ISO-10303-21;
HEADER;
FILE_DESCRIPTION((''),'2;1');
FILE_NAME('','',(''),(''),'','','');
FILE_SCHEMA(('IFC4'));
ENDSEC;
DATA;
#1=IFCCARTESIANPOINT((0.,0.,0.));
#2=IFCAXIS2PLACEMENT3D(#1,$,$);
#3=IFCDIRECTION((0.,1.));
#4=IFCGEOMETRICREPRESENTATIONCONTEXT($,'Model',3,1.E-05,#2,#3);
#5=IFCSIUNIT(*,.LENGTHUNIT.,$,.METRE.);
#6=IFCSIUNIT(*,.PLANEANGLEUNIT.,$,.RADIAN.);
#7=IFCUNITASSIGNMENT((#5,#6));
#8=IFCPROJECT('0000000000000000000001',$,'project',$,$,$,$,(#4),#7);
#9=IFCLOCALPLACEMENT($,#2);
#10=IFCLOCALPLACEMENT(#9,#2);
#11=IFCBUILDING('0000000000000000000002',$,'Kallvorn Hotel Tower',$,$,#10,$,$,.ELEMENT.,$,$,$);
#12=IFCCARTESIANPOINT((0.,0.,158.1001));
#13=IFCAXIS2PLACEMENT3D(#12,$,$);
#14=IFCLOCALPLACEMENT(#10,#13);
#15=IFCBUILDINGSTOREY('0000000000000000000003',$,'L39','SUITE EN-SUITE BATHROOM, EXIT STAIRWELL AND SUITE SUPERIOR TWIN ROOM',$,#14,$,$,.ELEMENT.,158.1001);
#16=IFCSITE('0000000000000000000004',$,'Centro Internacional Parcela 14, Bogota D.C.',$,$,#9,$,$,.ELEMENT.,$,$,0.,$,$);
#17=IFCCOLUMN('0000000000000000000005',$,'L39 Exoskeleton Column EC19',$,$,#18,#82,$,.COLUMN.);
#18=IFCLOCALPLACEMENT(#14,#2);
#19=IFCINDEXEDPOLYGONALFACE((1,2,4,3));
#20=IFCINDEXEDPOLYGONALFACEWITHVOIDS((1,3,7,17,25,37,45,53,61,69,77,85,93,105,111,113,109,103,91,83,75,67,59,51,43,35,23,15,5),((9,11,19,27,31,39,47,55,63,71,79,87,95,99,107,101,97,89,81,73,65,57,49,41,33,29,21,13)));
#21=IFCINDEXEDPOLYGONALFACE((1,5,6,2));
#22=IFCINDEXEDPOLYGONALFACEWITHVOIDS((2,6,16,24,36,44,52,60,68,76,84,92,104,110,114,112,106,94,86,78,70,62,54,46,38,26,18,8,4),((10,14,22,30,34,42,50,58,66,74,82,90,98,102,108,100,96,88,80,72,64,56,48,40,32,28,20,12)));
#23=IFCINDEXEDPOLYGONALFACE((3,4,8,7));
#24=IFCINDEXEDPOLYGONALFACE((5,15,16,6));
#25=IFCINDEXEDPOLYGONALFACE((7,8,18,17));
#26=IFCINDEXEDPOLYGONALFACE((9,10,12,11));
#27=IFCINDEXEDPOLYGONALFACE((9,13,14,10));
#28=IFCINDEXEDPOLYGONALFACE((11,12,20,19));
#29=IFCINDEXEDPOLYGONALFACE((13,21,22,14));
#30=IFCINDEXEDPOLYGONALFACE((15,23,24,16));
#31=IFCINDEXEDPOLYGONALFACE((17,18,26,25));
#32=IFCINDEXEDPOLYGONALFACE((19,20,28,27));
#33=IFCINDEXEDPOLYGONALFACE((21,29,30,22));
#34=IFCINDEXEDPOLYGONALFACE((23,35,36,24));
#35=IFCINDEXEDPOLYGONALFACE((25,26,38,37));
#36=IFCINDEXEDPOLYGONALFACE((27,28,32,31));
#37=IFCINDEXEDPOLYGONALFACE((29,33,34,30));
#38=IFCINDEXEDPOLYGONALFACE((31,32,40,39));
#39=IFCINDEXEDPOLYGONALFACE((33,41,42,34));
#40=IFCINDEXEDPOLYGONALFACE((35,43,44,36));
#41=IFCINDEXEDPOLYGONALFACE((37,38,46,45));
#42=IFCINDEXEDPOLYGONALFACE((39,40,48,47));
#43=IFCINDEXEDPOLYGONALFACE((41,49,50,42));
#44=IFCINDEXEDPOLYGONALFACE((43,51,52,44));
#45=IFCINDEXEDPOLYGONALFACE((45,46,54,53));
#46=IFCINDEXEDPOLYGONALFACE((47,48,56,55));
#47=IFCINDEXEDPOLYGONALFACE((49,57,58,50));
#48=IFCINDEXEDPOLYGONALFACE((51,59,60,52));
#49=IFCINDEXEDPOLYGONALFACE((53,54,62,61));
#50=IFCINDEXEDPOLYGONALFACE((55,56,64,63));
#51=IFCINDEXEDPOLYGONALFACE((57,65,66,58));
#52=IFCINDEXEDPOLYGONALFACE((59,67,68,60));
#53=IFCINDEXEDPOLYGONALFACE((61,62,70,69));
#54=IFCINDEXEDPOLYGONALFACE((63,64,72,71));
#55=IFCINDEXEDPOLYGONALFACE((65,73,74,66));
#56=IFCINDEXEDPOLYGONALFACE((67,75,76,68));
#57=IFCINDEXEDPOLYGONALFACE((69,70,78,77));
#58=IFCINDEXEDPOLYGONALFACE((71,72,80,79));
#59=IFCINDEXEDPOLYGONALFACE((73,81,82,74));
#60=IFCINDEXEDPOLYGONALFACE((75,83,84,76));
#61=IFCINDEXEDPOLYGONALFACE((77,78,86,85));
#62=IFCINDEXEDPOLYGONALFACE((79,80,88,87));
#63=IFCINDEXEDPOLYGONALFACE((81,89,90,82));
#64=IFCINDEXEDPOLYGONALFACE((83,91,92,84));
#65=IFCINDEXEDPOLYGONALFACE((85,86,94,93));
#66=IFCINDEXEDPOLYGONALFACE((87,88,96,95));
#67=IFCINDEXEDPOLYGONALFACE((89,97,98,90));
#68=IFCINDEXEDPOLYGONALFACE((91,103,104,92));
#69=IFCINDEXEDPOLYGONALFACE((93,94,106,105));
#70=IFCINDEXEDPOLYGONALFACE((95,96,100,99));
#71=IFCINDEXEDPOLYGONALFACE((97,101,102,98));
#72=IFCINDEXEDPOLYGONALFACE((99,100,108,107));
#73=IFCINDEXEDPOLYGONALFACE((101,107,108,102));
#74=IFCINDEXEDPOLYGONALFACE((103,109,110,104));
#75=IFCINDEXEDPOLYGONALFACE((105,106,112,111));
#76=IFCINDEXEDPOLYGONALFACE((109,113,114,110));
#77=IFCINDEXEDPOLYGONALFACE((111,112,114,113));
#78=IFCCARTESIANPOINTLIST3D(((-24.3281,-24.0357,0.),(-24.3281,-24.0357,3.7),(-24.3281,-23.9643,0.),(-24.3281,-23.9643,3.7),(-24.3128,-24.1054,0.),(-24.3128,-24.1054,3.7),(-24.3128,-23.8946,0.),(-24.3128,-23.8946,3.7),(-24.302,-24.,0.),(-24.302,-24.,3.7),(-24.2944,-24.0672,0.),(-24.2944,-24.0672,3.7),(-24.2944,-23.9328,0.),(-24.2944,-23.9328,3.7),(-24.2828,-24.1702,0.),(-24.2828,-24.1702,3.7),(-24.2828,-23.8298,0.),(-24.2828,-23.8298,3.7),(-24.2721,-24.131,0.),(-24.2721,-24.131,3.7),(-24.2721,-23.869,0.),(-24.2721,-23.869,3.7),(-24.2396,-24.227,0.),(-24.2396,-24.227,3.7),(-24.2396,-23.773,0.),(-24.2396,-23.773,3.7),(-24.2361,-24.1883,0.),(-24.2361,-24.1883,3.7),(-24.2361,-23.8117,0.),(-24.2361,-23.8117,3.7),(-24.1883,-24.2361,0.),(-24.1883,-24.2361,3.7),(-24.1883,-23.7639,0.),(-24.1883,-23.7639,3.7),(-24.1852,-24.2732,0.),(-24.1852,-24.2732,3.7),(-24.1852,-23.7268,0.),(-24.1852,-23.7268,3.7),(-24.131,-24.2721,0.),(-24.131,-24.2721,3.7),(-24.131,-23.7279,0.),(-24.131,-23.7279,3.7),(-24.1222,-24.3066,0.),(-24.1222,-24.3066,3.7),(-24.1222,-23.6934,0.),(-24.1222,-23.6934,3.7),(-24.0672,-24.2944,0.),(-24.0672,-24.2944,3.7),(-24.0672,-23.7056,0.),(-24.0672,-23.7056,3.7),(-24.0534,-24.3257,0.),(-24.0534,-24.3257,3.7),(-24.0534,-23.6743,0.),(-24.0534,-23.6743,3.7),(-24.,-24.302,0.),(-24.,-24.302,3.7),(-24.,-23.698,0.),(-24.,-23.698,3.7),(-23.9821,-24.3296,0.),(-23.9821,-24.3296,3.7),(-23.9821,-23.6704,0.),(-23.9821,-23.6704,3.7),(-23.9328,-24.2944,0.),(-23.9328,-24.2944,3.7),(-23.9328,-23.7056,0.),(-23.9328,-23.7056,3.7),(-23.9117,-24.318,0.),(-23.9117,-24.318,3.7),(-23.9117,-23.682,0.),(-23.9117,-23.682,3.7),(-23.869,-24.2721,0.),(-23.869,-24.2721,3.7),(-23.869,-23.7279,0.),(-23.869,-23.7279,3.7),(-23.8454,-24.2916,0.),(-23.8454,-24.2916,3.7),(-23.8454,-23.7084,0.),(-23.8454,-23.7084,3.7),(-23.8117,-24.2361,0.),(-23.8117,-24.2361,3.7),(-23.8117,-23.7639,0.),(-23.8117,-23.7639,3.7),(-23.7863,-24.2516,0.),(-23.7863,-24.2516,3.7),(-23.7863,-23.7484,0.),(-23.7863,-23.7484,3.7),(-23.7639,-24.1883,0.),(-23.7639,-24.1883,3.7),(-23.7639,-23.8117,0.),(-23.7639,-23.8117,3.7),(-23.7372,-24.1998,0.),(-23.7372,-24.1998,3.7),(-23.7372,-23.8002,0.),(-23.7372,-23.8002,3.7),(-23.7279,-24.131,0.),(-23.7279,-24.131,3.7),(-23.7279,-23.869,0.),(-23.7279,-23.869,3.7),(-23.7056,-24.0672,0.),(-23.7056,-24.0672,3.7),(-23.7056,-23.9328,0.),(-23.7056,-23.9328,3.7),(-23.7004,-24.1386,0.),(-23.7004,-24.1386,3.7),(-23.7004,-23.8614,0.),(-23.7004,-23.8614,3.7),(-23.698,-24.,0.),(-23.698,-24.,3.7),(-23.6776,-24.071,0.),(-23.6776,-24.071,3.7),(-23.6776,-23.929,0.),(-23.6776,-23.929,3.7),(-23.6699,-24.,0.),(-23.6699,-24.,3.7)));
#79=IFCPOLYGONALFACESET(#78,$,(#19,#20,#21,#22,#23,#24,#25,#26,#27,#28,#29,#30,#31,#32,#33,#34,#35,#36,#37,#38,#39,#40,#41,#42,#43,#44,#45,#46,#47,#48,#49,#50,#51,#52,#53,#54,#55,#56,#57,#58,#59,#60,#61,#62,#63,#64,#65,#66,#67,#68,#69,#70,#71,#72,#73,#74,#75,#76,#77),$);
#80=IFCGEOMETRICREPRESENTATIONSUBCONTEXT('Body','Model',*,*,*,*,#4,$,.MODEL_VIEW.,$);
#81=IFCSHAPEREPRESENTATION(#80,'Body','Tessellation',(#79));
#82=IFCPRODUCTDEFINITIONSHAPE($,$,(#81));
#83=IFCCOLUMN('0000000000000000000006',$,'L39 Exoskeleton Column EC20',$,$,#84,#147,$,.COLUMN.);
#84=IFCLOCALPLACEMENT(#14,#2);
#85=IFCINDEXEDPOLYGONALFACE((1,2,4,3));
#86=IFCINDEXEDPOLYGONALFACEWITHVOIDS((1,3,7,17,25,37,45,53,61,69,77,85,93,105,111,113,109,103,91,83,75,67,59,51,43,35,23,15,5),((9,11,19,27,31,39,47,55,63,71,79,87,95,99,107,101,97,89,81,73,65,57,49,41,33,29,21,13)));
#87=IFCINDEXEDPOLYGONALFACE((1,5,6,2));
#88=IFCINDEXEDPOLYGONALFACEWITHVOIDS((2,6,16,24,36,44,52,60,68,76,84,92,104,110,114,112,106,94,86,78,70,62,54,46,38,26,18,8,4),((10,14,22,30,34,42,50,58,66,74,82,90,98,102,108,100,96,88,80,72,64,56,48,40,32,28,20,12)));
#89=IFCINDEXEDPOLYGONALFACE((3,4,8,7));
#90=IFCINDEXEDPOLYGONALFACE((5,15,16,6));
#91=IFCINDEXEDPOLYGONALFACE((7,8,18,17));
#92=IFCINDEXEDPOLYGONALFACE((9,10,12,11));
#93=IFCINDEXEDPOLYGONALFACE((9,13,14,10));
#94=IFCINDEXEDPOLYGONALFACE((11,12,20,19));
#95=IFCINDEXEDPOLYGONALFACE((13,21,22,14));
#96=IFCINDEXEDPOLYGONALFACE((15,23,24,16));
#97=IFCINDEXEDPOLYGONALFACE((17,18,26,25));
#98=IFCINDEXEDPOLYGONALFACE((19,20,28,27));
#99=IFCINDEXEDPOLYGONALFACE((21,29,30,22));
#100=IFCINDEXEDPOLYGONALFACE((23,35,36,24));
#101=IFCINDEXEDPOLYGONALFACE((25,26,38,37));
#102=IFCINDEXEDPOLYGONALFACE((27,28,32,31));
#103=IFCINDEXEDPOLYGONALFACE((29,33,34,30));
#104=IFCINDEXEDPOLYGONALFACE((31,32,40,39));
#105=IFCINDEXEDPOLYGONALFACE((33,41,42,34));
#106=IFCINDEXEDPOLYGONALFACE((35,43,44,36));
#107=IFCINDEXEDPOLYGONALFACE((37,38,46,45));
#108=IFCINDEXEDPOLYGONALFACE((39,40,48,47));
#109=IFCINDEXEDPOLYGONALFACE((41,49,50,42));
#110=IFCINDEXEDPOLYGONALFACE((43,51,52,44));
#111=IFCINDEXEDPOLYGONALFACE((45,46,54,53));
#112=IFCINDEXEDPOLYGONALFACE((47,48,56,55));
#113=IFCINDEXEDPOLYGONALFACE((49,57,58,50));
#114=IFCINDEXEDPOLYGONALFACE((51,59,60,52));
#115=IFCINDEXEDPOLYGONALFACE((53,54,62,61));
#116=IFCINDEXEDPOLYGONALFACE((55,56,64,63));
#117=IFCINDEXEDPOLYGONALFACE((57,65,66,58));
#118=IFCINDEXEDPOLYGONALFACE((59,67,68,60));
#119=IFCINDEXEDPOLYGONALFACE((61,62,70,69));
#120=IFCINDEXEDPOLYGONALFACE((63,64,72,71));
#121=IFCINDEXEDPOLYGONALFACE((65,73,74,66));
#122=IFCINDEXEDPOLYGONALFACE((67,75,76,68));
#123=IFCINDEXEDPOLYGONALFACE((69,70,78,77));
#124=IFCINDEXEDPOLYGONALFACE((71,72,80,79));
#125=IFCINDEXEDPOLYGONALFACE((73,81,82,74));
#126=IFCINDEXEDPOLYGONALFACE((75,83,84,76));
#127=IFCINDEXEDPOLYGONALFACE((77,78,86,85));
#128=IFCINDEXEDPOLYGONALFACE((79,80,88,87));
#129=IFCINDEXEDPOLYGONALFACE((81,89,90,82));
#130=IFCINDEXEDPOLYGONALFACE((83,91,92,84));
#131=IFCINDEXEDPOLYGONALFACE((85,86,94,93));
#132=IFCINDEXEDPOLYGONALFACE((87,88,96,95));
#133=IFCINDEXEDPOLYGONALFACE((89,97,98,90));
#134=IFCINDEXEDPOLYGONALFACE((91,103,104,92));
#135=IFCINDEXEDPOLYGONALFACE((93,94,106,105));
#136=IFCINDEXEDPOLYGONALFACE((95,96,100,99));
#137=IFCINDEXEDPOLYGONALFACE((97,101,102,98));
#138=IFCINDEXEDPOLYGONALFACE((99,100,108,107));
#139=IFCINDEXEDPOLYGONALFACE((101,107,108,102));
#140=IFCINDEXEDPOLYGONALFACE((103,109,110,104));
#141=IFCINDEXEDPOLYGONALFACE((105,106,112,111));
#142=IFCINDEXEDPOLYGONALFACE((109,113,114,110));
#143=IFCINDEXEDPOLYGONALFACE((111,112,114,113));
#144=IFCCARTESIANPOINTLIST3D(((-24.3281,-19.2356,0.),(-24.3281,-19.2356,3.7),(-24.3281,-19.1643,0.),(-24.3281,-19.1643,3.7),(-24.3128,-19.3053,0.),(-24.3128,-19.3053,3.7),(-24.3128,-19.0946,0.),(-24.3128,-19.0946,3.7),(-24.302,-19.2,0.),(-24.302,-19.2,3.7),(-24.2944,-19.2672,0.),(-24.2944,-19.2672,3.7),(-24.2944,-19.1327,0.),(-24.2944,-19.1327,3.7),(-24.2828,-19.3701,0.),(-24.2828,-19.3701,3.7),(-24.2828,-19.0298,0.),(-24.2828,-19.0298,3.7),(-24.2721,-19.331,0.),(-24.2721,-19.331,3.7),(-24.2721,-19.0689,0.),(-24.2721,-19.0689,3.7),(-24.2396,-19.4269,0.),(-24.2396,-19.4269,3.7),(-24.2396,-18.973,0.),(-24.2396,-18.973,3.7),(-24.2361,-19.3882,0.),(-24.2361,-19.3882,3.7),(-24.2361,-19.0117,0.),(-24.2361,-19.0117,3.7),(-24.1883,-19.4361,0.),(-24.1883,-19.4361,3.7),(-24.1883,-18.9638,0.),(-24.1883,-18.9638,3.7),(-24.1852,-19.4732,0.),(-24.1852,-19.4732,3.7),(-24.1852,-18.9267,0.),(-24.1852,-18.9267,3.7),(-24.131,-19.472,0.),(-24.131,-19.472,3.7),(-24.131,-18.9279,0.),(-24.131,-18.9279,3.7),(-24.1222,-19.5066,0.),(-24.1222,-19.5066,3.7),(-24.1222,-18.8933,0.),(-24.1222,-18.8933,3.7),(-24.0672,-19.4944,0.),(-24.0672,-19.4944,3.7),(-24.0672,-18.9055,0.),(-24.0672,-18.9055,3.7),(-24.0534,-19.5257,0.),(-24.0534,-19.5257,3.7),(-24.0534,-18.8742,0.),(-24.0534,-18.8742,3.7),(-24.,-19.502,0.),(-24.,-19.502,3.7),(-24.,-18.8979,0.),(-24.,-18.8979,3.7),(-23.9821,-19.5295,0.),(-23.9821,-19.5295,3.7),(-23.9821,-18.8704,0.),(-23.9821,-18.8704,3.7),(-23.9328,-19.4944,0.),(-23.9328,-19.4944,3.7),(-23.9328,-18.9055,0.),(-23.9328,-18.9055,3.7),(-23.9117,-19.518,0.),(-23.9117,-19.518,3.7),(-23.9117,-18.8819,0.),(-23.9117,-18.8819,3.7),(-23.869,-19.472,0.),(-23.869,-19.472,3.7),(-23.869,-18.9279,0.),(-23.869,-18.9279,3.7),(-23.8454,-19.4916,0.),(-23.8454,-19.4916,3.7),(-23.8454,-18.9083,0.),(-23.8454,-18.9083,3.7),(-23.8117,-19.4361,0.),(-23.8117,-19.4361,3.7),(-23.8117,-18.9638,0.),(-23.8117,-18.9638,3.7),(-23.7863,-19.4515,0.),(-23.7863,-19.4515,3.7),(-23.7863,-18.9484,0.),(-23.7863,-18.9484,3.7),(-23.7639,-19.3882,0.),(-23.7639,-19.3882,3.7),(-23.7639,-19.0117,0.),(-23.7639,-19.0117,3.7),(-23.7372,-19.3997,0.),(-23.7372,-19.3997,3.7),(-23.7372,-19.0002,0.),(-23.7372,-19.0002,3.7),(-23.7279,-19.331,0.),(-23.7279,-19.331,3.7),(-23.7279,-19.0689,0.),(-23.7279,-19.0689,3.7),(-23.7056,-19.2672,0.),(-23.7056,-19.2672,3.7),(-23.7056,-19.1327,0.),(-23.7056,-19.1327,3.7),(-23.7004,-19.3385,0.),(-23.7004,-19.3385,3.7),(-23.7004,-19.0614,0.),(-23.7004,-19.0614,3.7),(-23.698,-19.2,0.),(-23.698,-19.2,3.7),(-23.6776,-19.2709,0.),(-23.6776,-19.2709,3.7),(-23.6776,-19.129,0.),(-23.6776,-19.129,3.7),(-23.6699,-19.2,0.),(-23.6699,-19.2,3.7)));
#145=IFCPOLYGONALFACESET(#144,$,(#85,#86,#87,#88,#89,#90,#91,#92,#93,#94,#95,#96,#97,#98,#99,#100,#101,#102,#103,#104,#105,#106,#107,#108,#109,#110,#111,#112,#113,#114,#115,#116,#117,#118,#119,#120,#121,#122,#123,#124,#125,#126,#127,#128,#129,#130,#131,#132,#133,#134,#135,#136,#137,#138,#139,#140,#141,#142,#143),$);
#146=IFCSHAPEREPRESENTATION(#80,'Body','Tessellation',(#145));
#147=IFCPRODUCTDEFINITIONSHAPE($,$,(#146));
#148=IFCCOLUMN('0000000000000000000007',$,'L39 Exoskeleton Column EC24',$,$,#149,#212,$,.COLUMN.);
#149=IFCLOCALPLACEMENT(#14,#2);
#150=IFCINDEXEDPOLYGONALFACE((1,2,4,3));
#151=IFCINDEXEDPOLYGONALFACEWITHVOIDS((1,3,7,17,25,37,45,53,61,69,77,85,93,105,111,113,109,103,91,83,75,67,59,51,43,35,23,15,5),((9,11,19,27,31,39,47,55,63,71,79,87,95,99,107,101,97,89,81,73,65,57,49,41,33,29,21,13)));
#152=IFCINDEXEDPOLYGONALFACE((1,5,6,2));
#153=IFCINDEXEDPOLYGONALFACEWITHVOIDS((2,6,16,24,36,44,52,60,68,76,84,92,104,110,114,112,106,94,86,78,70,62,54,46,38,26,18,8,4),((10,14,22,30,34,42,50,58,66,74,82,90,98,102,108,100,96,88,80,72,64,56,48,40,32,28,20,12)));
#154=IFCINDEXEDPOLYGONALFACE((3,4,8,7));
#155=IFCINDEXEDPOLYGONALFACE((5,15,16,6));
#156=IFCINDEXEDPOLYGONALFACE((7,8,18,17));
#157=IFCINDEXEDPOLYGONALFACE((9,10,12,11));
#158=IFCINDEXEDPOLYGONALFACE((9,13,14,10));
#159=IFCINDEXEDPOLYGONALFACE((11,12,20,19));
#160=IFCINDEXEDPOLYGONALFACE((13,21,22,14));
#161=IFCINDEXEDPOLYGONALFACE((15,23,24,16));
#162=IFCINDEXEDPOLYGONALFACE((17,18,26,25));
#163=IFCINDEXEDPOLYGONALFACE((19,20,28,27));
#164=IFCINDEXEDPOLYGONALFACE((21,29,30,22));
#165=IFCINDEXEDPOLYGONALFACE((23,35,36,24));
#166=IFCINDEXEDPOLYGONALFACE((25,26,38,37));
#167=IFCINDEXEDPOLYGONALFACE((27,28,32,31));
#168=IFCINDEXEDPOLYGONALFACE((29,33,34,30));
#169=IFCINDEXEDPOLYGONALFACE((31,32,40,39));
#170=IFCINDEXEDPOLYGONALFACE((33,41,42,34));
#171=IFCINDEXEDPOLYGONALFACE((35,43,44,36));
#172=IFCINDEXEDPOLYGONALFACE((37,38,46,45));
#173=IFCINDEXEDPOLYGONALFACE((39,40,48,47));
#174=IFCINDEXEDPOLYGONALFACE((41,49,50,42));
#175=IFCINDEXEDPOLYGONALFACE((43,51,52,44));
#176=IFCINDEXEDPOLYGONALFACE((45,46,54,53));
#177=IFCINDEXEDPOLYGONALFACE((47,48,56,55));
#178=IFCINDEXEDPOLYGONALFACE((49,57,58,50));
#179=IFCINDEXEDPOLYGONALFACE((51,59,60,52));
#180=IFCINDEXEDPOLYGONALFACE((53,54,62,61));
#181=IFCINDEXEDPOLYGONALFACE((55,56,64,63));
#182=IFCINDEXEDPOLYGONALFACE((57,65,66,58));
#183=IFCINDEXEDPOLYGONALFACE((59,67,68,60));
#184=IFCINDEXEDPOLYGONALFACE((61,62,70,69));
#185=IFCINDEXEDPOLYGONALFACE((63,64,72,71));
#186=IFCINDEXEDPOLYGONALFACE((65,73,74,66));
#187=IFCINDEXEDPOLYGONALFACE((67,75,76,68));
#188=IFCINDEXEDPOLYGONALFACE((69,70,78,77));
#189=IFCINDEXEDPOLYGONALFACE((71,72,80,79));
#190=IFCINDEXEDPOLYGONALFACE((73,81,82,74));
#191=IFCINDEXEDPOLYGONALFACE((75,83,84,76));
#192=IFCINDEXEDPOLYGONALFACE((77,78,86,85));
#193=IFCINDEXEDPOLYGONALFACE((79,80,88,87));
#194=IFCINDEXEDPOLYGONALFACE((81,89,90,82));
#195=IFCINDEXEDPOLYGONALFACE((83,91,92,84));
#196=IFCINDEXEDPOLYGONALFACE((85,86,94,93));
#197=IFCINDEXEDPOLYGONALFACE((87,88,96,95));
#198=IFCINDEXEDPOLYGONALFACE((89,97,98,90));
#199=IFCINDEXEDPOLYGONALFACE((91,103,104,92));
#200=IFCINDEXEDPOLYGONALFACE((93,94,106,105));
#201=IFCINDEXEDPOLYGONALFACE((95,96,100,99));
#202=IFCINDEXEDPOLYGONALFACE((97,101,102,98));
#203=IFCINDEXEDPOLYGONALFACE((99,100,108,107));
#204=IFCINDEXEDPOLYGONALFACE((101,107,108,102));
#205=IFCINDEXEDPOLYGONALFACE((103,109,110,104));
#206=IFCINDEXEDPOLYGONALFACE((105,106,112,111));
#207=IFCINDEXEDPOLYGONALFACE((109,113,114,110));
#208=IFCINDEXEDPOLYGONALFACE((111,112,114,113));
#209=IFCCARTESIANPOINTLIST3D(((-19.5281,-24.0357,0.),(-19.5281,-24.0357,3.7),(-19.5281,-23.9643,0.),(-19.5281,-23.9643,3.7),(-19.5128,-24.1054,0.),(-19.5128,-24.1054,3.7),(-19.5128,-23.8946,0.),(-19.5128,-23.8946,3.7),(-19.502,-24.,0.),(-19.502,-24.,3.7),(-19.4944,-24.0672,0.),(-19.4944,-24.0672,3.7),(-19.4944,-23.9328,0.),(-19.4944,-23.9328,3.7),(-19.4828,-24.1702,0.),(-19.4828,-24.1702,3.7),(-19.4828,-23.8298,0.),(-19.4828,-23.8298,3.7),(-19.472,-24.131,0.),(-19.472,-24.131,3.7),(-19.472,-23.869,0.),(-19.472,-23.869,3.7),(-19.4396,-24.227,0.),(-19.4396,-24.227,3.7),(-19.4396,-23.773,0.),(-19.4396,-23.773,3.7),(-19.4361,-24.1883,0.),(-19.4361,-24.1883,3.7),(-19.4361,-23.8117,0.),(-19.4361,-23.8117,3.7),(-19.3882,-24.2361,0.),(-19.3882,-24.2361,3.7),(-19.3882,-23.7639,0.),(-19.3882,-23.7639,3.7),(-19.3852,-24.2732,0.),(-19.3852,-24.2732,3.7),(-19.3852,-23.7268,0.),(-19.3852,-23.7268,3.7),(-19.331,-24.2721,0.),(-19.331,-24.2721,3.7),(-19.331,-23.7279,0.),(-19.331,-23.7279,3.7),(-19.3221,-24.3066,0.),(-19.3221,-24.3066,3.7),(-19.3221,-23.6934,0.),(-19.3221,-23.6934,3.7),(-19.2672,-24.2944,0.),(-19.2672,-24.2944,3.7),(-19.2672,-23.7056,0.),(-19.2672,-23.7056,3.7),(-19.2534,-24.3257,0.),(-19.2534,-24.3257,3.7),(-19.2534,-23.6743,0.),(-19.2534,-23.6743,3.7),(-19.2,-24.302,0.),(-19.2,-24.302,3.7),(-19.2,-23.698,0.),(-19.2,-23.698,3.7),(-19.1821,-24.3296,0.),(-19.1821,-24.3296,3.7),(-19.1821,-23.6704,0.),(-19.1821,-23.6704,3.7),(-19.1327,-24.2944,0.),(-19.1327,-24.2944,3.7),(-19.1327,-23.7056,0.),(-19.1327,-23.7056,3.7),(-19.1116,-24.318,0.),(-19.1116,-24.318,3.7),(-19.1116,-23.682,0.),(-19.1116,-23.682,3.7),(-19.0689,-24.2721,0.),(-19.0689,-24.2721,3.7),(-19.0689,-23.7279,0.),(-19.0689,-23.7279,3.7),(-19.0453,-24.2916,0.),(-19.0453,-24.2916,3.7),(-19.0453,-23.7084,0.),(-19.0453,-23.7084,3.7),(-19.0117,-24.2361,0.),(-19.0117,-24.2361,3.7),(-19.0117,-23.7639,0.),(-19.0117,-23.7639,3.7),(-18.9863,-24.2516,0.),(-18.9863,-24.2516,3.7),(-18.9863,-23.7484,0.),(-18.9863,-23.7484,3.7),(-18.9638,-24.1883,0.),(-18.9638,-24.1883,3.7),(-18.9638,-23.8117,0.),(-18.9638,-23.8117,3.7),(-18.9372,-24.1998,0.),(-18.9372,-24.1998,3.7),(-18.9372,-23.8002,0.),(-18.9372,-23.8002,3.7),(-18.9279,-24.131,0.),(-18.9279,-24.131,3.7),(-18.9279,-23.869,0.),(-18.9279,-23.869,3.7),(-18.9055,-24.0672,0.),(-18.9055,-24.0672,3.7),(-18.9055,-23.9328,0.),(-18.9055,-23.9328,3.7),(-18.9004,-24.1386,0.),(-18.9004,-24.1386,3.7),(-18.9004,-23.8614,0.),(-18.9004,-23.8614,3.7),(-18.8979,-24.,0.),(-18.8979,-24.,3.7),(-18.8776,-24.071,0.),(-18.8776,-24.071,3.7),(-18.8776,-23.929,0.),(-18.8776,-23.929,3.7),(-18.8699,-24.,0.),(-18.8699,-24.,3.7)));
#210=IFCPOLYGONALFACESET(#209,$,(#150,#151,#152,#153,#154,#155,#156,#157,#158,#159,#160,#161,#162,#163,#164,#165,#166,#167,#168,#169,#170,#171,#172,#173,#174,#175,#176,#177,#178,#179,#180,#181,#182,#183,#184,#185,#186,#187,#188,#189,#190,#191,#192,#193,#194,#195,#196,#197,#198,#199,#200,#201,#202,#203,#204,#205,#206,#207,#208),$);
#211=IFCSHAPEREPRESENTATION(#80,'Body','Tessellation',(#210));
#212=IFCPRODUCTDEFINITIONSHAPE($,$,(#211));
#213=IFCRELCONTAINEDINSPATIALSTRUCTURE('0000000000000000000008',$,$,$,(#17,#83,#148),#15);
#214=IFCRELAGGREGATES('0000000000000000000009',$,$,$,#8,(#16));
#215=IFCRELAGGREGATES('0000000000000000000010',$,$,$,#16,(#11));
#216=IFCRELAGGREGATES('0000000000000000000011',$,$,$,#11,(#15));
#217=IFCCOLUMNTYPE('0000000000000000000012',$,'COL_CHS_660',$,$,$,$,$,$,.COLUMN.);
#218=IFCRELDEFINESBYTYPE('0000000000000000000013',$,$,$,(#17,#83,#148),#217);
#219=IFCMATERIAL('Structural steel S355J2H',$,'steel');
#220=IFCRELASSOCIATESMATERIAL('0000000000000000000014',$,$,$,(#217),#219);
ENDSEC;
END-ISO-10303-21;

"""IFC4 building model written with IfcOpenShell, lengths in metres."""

from ifc_helpers import new_model, si_unit, direction, frame, origin, origin_2d, place, context, subcontext, project, spatial, hollow_circle, extrude, material, material_profile, profile_set, type_object, element, save


model = new_model("IFC4")

# Units and contexts
model_context = context("Model", 3, precision=1e-05, world=origin(), true_north=direction((0.0, 1.0)))
body_context = subcontext(model_context, "Body", "Model", "MODEL_VIEW")
ifc_project = project(units=[si_unit("LENGTHUNIT", "METRE"), si_unit("PLANEANGLEUNIT", "RADIAN")], contexts=[model_context])

# Site, building, storey
site_placement = place(None, origin())
site = spatial("IfcSite", under=ifc_project, at=site_placement, Name="Centro Internacional Parcela 14, Bogota D.C.", CompositionType="ELEMENT", RefElevation=0.0)
building_placement = place(site_placement, origin())
building = spatial("IfcBuilding", under=site, at=building_placement, Name="Kallvorn Hotel Tower", CompositionType="ELEMENT")
storey_placement = place(building_placement, frame((0.0, 0.0, 158.1001)))
storey = spatial("IfcBuildingStorey", under=building, at=storey_placement, Name="L39", Description="SUITE EN-SUITE BATHROOM, EXIT STAIRWELL AND SUITE SUPERIOR TWIN ROOM", CompositionType="ELEMENT", Elevation=158.1001)

# Columns
ifc_material_1 = material(Name="Structural steel S355J2H", Category="steel")
ifc_material_profile_1 = material_profile(ifc_material_1, hollow_circle(Radius=0.3301, WallThickness=0.0281, at=origin_2d()), Name="CHS 660x28")
ifc_profile_set_1 = profile_set([ifc_material_profile_1], Name="Structural steel S355J2H")
column_type = type_object("IfcColumnType", Name="COL_CHS_660", PredefinedType="COLUMN", material=ifc_profile_set_1)
for number, where, z_axis, x_axis, name in (
    (1, (-24.0, -24.0, 0.0), (0.0, 0.0, 1.0), (1.0, 0.0, 0.0), "L39 Exoskeleton Column EC19"),
    (2, (-24.0, -19.2, 0.0), (0.0, 0.0, 1.0), (1.0, 0.0, 0.0), "L39 Exoskeleton Column EC20"),
    (3, (-19.2, -24.0, 0.0), (0.0, 0.0, 1.0), (1.0, 0.0, 0.0), "L39 Exoskeleton Column EC24"),
):
    element("IfcColumn", number, at=place(storey_placement, frame(where, z_axis=z_axis, x_axis=x_axis)), inside=storey, type_object=column_type, Name=name, PredefinedType="COLUMN", context=body_context, shape_type="SweptSolid", body=[
        extrude(hollow_circle(Radius=0.3301, WallThickness=0.0281, at=origin_2d()), origin(), (0.0, 0.0, 1.0), 3.7),
    ])

save(model, "model.ifc")
